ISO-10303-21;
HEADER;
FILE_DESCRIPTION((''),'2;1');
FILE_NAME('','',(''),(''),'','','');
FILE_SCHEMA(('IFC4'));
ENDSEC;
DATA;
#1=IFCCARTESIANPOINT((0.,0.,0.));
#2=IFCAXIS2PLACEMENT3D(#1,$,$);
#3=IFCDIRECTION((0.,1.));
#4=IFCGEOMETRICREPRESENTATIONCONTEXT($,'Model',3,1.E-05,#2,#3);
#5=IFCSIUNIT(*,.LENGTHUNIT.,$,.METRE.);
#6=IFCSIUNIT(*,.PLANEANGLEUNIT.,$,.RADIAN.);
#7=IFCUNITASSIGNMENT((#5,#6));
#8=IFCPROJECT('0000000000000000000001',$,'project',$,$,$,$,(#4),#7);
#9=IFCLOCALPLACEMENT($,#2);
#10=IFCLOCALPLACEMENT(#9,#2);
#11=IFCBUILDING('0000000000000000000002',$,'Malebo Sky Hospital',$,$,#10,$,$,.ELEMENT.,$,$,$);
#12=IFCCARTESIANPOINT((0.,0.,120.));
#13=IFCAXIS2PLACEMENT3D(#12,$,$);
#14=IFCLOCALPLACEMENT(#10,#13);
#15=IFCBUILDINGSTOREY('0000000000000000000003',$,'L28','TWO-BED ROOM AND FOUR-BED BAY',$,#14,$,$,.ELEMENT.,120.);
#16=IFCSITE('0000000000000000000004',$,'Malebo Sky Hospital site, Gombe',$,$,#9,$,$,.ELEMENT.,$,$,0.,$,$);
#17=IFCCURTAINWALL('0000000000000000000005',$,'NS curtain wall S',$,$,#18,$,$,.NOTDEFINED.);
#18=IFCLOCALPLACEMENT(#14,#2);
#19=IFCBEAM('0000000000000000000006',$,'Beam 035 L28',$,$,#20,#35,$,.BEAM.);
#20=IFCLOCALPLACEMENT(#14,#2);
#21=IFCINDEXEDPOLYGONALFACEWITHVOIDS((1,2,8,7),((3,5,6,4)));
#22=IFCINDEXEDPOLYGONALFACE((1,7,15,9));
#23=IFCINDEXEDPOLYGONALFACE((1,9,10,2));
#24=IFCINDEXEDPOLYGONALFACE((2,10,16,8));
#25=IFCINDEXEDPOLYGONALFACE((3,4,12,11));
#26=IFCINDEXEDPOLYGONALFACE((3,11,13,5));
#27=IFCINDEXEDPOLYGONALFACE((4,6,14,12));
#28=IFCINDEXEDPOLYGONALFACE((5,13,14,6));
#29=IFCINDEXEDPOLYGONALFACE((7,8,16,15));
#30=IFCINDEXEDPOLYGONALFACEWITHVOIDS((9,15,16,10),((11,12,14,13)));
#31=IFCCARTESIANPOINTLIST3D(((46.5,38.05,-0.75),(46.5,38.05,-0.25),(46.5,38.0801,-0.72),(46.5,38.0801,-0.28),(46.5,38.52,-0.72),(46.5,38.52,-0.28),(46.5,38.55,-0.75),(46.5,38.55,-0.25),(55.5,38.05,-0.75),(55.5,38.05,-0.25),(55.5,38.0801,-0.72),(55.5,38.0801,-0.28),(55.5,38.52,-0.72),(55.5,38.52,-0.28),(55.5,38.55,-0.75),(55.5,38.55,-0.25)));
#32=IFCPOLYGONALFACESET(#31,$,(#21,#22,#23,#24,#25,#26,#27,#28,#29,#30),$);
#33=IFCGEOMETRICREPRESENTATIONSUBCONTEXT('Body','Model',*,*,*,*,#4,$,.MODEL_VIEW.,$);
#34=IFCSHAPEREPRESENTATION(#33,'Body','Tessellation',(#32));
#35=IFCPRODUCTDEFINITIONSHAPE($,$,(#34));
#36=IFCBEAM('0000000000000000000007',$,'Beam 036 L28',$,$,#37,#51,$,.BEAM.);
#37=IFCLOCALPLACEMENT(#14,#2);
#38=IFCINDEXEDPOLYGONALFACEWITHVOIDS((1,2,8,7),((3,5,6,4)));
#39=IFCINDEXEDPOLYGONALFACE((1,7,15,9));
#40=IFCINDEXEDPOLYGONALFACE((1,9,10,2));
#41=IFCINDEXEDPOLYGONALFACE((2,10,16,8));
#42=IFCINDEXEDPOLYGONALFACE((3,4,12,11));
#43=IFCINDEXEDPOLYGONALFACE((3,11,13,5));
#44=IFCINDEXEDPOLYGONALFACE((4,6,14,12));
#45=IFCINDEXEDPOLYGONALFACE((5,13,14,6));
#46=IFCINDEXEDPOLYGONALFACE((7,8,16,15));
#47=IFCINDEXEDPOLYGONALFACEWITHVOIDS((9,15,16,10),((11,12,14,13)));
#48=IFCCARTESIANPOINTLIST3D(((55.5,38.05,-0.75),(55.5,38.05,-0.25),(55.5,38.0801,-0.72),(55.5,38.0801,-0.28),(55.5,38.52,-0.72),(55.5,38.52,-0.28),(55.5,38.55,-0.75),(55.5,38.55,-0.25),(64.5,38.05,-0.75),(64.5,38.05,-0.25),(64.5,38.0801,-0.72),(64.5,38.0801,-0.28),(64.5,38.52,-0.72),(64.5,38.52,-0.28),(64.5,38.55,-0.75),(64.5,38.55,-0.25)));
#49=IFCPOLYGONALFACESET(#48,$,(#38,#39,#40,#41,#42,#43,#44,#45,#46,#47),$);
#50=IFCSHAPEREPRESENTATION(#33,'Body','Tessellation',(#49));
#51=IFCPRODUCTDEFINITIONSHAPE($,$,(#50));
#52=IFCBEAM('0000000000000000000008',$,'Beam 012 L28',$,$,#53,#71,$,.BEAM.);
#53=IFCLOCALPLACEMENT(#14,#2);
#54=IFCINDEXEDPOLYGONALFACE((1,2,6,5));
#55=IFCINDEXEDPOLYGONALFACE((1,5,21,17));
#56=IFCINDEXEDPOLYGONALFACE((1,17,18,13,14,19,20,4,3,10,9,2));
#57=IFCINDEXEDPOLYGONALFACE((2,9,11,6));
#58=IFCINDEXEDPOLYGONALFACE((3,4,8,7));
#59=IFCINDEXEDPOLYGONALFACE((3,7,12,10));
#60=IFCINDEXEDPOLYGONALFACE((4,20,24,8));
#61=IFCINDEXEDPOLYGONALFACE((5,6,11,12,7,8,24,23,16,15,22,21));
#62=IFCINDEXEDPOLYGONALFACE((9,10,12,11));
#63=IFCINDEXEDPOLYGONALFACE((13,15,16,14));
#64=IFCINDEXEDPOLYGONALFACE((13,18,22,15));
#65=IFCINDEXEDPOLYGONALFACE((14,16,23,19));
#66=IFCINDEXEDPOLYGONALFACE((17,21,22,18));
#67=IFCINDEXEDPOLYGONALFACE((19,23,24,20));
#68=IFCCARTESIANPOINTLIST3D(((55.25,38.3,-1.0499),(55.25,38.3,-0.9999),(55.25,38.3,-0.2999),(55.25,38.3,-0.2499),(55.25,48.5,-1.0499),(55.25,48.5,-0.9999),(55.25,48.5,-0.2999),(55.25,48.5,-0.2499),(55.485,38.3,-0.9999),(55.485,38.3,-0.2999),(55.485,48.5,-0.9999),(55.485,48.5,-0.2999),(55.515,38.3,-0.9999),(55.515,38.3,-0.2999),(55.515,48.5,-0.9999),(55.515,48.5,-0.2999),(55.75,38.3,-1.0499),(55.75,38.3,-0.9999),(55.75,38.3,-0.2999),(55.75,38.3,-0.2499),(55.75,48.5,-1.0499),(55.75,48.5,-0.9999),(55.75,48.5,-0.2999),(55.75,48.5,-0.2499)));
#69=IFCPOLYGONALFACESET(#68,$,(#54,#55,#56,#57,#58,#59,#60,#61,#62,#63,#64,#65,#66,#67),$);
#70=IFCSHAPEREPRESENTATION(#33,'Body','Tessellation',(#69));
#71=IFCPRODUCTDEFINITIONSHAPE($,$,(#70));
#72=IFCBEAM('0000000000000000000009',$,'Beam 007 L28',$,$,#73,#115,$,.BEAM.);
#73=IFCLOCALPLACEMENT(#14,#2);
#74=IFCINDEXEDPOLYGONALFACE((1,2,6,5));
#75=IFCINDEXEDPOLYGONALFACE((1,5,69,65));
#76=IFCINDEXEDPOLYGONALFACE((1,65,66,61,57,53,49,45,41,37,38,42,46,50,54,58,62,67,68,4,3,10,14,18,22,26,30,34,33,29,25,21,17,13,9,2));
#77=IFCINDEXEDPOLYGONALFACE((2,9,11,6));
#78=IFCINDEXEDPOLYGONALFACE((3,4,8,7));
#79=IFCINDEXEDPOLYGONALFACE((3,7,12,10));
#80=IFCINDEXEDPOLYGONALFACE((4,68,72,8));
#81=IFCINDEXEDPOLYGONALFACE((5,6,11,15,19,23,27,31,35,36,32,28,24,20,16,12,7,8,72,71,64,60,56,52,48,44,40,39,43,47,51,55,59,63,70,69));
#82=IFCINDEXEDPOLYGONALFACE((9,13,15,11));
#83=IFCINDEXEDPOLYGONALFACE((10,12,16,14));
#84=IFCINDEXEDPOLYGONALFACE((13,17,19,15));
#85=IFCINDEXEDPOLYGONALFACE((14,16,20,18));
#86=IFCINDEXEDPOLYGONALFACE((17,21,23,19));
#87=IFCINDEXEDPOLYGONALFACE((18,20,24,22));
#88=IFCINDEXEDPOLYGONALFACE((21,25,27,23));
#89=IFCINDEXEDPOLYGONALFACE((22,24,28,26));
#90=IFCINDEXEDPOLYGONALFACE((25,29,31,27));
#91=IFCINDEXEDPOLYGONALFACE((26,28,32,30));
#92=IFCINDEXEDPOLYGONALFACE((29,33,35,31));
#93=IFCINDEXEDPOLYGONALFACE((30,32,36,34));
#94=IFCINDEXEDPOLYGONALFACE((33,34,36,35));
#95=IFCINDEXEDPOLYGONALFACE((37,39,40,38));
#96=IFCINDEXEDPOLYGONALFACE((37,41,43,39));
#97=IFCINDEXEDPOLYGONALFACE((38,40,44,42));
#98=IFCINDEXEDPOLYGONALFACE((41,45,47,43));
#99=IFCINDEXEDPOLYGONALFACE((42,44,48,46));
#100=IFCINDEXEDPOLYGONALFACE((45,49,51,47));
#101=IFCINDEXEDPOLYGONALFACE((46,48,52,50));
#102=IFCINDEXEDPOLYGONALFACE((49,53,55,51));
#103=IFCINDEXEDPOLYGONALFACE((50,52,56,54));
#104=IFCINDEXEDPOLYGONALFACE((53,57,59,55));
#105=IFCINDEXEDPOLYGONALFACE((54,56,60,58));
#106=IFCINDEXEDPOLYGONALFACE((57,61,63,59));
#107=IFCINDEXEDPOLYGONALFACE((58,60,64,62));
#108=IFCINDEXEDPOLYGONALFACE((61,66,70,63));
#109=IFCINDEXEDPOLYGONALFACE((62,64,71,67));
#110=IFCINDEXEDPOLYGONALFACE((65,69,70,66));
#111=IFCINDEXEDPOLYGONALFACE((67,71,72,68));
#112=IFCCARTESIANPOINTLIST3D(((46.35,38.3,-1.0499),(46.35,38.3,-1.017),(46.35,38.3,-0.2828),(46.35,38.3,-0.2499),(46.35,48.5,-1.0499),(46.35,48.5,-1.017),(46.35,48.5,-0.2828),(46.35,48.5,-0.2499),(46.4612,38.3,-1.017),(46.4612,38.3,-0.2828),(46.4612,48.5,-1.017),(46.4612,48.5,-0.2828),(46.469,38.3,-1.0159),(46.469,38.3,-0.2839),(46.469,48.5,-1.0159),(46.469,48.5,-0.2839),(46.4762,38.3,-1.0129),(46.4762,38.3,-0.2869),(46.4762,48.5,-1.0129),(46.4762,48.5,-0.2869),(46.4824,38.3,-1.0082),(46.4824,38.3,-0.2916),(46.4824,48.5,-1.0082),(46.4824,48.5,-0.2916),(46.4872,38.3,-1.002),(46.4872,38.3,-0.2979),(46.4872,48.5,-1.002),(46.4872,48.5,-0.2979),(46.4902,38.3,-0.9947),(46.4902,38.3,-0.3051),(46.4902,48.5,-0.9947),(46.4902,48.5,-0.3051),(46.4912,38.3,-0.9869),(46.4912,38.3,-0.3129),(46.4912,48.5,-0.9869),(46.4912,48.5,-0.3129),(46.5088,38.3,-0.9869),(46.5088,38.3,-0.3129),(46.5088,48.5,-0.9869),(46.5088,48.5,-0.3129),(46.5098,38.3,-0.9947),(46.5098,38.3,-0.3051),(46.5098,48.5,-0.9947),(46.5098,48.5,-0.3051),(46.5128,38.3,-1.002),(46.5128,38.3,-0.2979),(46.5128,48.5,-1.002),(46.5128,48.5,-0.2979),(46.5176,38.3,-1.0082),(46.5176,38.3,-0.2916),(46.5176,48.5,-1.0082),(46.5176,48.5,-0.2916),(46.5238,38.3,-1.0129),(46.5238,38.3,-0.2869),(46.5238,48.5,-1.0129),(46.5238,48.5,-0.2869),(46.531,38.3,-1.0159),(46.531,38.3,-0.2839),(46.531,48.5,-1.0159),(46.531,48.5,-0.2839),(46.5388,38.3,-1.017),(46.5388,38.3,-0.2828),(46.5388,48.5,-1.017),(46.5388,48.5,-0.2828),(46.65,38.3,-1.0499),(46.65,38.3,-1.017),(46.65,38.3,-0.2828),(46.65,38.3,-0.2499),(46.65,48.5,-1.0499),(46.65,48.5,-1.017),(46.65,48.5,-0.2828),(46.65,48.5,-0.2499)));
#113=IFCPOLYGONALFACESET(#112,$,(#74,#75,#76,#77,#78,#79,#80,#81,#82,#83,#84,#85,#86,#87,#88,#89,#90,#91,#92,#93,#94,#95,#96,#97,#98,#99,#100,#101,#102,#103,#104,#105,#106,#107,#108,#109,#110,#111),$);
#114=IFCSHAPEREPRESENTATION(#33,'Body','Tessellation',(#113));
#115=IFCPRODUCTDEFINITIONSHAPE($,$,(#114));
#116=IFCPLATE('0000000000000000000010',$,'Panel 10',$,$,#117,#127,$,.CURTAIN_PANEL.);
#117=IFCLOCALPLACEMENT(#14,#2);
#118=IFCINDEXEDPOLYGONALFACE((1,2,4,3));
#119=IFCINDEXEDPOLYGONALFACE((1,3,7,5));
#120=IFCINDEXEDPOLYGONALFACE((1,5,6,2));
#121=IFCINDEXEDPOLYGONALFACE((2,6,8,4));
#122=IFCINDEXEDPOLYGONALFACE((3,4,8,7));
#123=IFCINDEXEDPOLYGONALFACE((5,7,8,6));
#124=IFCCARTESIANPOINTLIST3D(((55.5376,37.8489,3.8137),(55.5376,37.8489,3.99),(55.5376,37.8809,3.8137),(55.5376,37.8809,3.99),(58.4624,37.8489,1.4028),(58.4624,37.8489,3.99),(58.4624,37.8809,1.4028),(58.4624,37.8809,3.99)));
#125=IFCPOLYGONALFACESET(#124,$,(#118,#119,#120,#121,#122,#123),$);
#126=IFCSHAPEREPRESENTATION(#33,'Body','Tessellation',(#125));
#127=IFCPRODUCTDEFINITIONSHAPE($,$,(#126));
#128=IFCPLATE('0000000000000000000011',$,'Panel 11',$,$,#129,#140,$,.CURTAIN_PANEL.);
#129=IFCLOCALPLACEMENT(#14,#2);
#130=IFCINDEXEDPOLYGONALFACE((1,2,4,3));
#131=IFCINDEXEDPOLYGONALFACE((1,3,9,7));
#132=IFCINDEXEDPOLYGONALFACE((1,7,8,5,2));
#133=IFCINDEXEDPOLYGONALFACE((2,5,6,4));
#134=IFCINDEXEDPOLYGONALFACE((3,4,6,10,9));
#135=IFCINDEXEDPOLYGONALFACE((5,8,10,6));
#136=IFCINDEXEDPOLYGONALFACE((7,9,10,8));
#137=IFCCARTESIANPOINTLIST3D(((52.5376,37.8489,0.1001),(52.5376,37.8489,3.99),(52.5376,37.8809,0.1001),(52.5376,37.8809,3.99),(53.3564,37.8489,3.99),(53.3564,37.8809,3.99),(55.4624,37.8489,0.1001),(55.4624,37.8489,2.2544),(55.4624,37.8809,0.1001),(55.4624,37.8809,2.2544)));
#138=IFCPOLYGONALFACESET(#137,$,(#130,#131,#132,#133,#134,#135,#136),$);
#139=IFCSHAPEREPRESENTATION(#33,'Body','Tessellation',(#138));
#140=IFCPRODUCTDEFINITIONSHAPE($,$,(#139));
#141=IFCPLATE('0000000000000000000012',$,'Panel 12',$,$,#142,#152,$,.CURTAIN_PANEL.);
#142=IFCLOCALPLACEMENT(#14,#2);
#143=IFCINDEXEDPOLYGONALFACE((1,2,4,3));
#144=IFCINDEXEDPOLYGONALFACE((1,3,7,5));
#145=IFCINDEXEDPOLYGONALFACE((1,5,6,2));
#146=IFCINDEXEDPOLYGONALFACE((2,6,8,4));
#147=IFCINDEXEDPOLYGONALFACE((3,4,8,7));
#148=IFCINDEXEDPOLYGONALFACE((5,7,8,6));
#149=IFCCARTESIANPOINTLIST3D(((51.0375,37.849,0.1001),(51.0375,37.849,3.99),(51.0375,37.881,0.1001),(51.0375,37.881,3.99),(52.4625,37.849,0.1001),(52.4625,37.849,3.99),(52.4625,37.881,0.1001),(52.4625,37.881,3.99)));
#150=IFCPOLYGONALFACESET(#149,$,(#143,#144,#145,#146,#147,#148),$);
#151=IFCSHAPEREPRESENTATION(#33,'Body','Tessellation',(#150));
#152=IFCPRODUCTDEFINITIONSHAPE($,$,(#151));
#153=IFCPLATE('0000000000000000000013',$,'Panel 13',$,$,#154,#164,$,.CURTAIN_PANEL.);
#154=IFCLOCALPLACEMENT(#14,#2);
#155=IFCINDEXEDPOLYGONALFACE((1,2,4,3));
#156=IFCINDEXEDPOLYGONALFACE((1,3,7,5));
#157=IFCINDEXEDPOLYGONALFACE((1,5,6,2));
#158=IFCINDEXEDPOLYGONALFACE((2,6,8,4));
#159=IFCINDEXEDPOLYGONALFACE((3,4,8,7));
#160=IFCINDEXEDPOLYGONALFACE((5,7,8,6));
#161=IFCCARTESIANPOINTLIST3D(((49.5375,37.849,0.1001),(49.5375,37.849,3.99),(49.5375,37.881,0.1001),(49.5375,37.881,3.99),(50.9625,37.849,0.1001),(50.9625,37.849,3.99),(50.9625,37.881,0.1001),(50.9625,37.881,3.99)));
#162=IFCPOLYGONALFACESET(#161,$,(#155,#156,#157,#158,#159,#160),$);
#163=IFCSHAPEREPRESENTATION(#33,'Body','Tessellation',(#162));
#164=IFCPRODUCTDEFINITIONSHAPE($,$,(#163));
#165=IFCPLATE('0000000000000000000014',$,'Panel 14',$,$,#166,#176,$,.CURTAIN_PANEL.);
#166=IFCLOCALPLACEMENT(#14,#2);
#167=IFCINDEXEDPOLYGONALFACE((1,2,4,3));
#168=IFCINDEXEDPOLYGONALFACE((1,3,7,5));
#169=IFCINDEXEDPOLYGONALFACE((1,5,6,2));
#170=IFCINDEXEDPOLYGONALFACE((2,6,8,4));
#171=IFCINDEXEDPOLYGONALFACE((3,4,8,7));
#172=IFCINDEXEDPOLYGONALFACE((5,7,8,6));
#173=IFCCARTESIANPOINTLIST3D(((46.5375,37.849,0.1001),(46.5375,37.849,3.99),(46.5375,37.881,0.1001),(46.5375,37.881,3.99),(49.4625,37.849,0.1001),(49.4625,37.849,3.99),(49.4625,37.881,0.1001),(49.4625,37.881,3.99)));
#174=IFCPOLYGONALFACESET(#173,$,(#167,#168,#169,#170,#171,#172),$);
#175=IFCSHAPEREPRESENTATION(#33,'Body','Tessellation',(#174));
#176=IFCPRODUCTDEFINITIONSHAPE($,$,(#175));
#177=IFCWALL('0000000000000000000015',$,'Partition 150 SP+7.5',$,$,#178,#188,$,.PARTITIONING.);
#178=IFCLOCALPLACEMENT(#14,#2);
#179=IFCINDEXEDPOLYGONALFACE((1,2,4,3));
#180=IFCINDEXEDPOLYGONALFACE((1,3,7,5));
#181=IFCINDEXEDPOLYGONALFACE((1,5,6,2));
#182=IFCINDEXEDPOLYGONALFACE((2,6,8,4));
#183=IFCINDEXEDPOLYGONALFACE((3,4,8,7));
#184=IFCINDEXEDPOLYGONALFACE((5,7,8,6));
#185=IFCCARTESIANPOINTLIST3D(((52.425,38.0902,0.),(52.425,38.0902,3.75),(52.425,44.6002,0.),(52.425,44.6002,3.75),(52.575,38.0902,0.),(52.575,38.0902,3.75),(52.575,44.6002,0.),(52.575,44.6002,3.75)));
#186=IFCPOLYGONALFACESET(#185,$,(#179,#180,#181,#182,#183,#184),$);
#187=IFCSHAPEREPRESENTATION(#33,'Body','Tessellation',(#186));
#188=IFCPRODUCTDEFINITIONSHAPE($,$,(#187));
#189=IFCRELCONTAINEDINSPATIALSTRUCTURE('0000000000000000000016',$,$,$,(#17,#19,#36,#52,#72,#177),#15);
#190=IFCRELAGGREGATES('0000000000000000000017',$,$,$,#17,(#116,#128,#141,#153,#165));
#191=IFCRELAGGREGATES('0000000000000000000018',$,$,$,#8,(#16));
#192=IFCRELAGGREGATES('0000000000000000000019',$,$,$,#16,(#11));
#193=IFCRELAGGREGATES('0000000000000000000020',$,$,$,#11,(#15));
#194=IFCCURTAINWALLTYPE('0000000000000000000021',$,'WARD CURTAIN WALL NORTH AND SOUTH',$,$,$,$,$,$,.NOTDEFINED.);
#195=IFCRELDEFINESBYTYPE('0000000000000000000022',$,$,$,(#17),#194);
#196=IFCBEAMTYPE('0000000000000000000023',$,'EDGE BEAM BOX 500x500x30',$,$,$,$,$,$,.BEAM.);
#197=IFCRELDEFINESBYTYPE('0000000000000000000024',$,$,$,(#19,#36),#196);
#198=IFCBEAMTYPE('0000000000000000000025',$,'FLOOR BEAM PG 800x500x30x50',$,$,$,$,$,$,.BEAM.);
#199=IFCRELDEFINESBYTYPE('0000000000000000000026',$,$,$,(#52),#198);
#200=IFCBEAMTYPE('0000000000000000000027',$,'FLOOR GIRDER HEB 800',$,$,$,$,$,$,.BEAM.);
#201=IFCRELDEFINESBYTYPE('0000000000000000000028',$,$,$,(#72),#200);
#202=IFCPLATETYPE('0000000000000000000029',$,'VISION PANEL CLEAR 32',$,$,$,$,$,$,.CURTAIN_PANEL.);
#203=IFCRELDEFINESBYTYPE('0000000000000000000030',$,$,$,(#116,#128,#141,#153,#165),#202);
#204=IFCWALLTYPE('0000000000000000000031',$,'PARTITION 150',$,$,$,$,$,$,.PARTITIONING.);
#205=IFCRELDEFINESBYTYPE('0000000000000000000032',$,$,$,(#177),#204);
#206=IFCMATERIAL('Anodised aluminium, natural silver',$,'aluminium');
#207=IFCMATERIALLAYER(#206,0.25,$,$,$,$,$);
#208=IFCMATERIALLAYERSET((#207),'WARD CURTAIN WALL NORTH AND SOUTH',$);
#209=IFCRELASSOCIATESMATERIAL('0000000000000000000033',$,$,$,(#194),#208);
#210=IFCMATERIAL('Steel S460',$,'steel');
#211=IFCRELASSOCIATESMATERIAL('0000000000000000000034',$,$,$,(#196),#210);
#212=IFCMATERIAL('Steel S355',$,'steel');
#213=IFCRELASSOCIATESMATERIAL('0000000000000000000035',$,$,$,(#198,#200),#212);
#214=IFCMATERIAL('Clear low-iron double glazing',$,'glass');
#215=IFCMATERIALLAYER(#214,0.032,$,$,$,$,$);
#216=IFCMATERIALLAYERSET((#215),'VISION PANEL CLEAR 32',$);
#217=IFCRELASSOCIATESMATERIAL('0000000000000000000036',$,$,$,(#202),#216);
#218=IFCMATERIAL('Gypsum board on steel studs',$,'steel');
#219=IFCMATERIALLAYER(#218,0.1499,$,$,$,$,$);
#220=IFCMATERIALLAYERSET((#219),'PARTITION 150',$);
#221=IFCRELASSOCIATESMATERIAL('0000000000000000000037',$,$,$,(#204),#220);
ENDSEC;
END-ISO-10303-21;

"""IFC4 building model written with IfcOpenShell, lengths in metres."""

from ifc_helpers import new_model, si_unit, direction, frame, frame_2d, origin, origin_2d, place, context, subcontext, project, spatial, polyline, rectangle, hollow_rectangle, i_section, outline, extrude, material, layer, layer_set, material_profile, profile_set, type_object, element, aggregate, save


model = new_model("IFC4")

# Units and contexts
model_context = context("Model", 3, precision=1e-05, world=origin(), true_north=direction((0.0, 1.0)))
body_context = subcontext(model_context, "Body", "Model", "MODEL_VIEW")
ifc_project = project(units=[si_unit("LENGTHUNIT", "METRE"), si_unit("PLANEANGLEUNIT", "RADIAN")], contexts=[model_context])

# Site, building, storey
site_placement = place(None, origin())
site = spatial("IfcSite", under=ifc_project, at=site_placement, Name="Malebo Sky Hospital site, Gombe", CompositionType="ELEMENT", RefElevation=0.0)
building_placement = place(site_placement, origin())
building = spatial("IfcBuilding", under=site, at=building_placement, Name="Malebo Sky Hospital", CompositionType="ELEMENT")
storey_placement = place(building_placement, frame((0.0, 0.0, 120.0)))
storey = spatial("IfcBuildingStorey", under=building, at=storey_placement, Name="L28", Description="TWO-BED ROOM AND FOUR-BED BAY", CompositionType="ELEMENT", Elevation=120.0)

# Shared definitions
ifc_material_1 = material(Name="Steel S460", Category="steel")

# Curtain wall
ifc_material_2 = material(Name="Anodised aluminium, natural silver", Category="aluminium")
ifc_layer_1 = layer(ifc_material_2, 0.25)
ifc_layer_set_1 = layer_set([ifc_layer_1], Name="WARD CURTAIN WALL NORTH AND SOUTH")
curtain_wall_type = type_object("IfcCurtainWallType", Name="WARD CURTAIN WALL NORTH AND SOUTH", PredefinedType="NOTDEFINED", material=ifc_layer_set_1)
curtain_wall_placement = place(storey_placement, origin())
curtain_wall = element("IfcCurtainWall", 1, at=curtain_wall_placement, inside=storey, type_object=curtain_wall_type, Name="NS curtain wall S", PredefinedType="NOTDEFINED")

# Beams
ifc_material_profile_1 = material_profile(ifc_material_1, hollow_rectangle(XDim=0.5, YDim=0.5, WallThickness=0.03, at=origin_2d()), Name="BOX 500x500x30")
ifc_profile_set_1 = profile_set([ifc_material_profile_1], Name="Steel S460")
beam_type_1 = type_object("IfcBeamType", Name="EDGE BEAM BOX 500x500x30", PredefinedType="BEAM", material=ifc_profile_set_1)
for number, where, z_axis, x_axis, name in (
    (2, (46.5, 38.3, -0.5), (1.0, 0.0, 0.0), (0.0, 1.0, 0.0), "Beam 035 L28"),
    (3, (55.5, 38.3, -0.5), (1.0, 0.0, 0.0), (0.0, 1.0, 0.0), "Beam 036 L28"),
):
    element("IfcBeam", number, at=place(storey_placement, frame(where, z_axis=z_axis, x_axis=x_axis)), inside=storey, type_object=beam_type_1, Name=name, PredefinedType="BEAM", context=body_context, shape_type="SweptSolid", body=[
        extrude(hollow_rectangle(XDim=0.5, YDim=0.5, WallThickness=0.03, at=origin_2d()), origin(), (0.0, 0.0, 1.0), 9.0),
    ])
ifc_material_3 = material(Name="Steel S355", Category="steel")
ifc_material_profile_2 = material_profile(ifc_material_3, i_section(OverallWidth=0.5, OverallDepth=0.8, WebThickness=0.03, FlangeThickness=0.05, at=origin_2d()), Name="PG 800x500x30x50")
ifc_profile_set_2 = profile_set([ifc_material_profile_2], Name="Steel S355")
beam_type_2 = type_object("IfcBeamType", Name="FLOOR BEAM PG 800x500x30x50", PredefinedType="BEAM", material=ifc_profile_set_2)
beam_1_placement = place(storey_placement, frame((55.5, 38.3, -0.6499), z_axis=(0.0, 1.0, 0.0), x_axis=(-1.0, 0.0, 0.0)))
element("IfcBeam", 4, at=beam_1_placement, inside=storey, type_object=beam_type_2, Name="Beam 012 L28", PredefinedType="BEAM", context=body_context, shape_type="SweptSolid", body=[
    extrude(i_section(OverallWidth=0.5, OverallDepth=0.8, WebThickness=0.03, FlangeThickness=0.05, at=origin_2d()), origin(), (0.0, 0.0, 1.0), 10.2),
])
ifc_material_profile_3 = material_profile(ifc_material_3, i_section(OverallWidth=0.3, OverallDepth=0.8, WebThickness=0.0176, FlangeThickness=0.033, FilletRadius=0.03, at=origin_2d()), Name="HEB 800")
ifc_profile_set_3 = profile_set([ifc_material_profile_3], Name="Steel S355")
beam_type_3 = type_object("IfcBeamType", Name="FLOOR GIRDER HEB 800", PredefinedType="BEAM", material=ifc_profile_set_3)
beam_2_placement = place(storey_placement, frame((46.5, 38.3, -0.6499), z_axis=(0.0, 1.0, 0.0), x_axis=(-1.0, 0.0, 0.0)))
element("IfcBeam", 5, at=beam_2_placement, inside=storey, type_object=beam_type_3, Name="Beam 007 L28", PredefinedType="BEAM", context=body_context, shape_type="SweptSolid", body=[
    extrude(i_section(OverallWidth=0.3, OverallDepth=0.8, WebThickness=0.0176, FlangeThickness=0.033, FilletRadius=0.03, at=origin_2d()), origin(), (0.0, 0.0, 1.0), 10.2),
])

# Plates
ifc_material_4 = material(Name="Clear low-iron double glazing", Category="glass")
ifc_layer_2 = layer(ifc_material_4, 0.032)
ifc_layer_set_2 = layer_set([ifc_layer_2], Name="VISION PANEL CLEAR 32")
plate_type = type_object("IfcPlateType", Name="VISION PANEL CLEAR 32", PredefinedType="CURTAIN_PANEL", material=ifc_layer_set_2)
plate_1_placement = place(storey_placement, frame((57.0, 37.865, 1.4028), z_axis=(0.0, 0.0, 1.0), x_axis=(-1.0, 0.0, 0.0)))
plate_1 = element("IfcPlate", 6, at=plate_1_placement, type_object=plate_type, Name="Panel 10", PredefinedType="CURTAIN_PANEL", context=body_context, shape_type="SweptSolid", body=[
    extrude(outline(polyline([(-1.4624, 0.0), (1.4624, 2.4109), (1.4624, 2.5872), (-1.4624, 2.5872), (-1.4624, 0.0)])), frame((0.0, 0.0161, 0.0), z_axis=(0.0, -1.0, 0.0), x_axis=(1.0, 0.0, 0.0)), (0.0, 0.0, 1.0), 0.032),
])
plate_2_placement = place(storey_placement, frame((54.0, 37.865, 0.1001), z_axis=(0.0, 0.0, 1.0), x_axis=(-1.0, 0.0, 0.0)))
plate_2 = element("IfcPlate", 7, at=plate_2_placement, type_object=plate_type, Name="Panel 11", PredefinedType="CURTAIN_PANEL", context=body_context, shape_type="SweptSolid", body=[
    extrude(outline(polyline([(-1.4624, 0.0), (1.4624, 0.0), (1.4624, 3.8899), (0.6436, 3.8899), (-1.4624, 2.1543), (-1.4624, 0.0)])), frame((0.0, 0.0161, 0.0), z_axis=(0.0, -1.0, 0.0), x_axis=(1.0, 0.0, 0.0)), (0.0, 0.0, 1.0), 0.032),
])
plate_3_placement = place(storey_placement, frame((51.75, 37.865, 0.1001), z_axis=(0.0, 0.0, 1.0), x_axis=(-1.0, 0.0, 0.0)))
plate_3 = element("IfcPlate", 8, at=plate_3_placement, type_object=plate_type, Name="Panel 12", PredefinedType="CURTAIN_PANEL", context=body_context, shape_type="SweptSolid", body=[
    extrude(rectangle(XDim=1.425, YDim=0.032, at=origin_2d()), origin(), (0.0, 0.0, 1.0), 3.8899),
])
plate_4_placement = place(storey_placement, frame((50.25, 37.865, 0.1001), z_axis=(0.0, 0.0, 1.0), x_axis=(-1.0, 0.0, 0.0)))
plate_4 = element("IfcPlate", 9, at=plate_4_placement, type_object=plate_type, Name="Panel 13", PredefinedType="CURTAIN_PANEL", context=body_context, shape_type="SweptSolid", body=[
    extrude(rectangle(XDim=1.425, YDim=0.032, at=origin_2d()), origin(), (0.0, 0.0, 1.0), 3.8899),
])
plate_5_placement = place(storey_placement, frame((48.0, 37.865, 0.1001), z_axis=(0.0, 0.0, 1.0), x_axis=(-1.0, 0.0, 0.0)))
plate_5 = element("IfcPlate", 10, at=plate_5_placement, type_object=plate_type, Name="Panel 14", PredefinedType="CURTAIN_PANEL", context=body_context, shape_type="SweptSolid", body=[
    extrude(rectangle(XDim=2.925, YDim=0.032, at=origin_2d()), origin(), (0.0, 0.0, 1.0), 3.8899),
])
aggregate(curtain_wall, [plate_1, plate_2, plate_3, plate_4, plate_5])

# Wall
ifc_material_5 = material(Name="Gypsum board on steel studs", Category="steel")
ifc_layer_3 = layer(ifc_material_5, 0.1499)
ifc_layer_set_3 = layer_set([ifc_layer_3], Name="PARTITION 150")
wall_type = type_object("IfcWallType", Name="PARTITION 150", PredefinedType="PARTITIONING", material=ifc_layer_set_3)
wall_1_placement = place(storey_placement, frame((52.5, 44.6001, 0.0), z_axis=(0.0, 0.0, 1.0), x_axis=(0.0, -1.0, 0.0)))
element("IfcWall", 11, at=wall_1_placement, inside=storey, type_object=wall_type, Name="Partition 150 SP+7.5", PredefinedType="PARTITIONING", context=body_context, shape_type="SweptSolid", body=[
    extrude(rectangle(XDim=6.51, YDim=0.1499, at=frame_2d((3.2549, 0.0))), origin(), (0.0, 0.0, 1.0), 3.75),
])

save(model, "model.ifc")
